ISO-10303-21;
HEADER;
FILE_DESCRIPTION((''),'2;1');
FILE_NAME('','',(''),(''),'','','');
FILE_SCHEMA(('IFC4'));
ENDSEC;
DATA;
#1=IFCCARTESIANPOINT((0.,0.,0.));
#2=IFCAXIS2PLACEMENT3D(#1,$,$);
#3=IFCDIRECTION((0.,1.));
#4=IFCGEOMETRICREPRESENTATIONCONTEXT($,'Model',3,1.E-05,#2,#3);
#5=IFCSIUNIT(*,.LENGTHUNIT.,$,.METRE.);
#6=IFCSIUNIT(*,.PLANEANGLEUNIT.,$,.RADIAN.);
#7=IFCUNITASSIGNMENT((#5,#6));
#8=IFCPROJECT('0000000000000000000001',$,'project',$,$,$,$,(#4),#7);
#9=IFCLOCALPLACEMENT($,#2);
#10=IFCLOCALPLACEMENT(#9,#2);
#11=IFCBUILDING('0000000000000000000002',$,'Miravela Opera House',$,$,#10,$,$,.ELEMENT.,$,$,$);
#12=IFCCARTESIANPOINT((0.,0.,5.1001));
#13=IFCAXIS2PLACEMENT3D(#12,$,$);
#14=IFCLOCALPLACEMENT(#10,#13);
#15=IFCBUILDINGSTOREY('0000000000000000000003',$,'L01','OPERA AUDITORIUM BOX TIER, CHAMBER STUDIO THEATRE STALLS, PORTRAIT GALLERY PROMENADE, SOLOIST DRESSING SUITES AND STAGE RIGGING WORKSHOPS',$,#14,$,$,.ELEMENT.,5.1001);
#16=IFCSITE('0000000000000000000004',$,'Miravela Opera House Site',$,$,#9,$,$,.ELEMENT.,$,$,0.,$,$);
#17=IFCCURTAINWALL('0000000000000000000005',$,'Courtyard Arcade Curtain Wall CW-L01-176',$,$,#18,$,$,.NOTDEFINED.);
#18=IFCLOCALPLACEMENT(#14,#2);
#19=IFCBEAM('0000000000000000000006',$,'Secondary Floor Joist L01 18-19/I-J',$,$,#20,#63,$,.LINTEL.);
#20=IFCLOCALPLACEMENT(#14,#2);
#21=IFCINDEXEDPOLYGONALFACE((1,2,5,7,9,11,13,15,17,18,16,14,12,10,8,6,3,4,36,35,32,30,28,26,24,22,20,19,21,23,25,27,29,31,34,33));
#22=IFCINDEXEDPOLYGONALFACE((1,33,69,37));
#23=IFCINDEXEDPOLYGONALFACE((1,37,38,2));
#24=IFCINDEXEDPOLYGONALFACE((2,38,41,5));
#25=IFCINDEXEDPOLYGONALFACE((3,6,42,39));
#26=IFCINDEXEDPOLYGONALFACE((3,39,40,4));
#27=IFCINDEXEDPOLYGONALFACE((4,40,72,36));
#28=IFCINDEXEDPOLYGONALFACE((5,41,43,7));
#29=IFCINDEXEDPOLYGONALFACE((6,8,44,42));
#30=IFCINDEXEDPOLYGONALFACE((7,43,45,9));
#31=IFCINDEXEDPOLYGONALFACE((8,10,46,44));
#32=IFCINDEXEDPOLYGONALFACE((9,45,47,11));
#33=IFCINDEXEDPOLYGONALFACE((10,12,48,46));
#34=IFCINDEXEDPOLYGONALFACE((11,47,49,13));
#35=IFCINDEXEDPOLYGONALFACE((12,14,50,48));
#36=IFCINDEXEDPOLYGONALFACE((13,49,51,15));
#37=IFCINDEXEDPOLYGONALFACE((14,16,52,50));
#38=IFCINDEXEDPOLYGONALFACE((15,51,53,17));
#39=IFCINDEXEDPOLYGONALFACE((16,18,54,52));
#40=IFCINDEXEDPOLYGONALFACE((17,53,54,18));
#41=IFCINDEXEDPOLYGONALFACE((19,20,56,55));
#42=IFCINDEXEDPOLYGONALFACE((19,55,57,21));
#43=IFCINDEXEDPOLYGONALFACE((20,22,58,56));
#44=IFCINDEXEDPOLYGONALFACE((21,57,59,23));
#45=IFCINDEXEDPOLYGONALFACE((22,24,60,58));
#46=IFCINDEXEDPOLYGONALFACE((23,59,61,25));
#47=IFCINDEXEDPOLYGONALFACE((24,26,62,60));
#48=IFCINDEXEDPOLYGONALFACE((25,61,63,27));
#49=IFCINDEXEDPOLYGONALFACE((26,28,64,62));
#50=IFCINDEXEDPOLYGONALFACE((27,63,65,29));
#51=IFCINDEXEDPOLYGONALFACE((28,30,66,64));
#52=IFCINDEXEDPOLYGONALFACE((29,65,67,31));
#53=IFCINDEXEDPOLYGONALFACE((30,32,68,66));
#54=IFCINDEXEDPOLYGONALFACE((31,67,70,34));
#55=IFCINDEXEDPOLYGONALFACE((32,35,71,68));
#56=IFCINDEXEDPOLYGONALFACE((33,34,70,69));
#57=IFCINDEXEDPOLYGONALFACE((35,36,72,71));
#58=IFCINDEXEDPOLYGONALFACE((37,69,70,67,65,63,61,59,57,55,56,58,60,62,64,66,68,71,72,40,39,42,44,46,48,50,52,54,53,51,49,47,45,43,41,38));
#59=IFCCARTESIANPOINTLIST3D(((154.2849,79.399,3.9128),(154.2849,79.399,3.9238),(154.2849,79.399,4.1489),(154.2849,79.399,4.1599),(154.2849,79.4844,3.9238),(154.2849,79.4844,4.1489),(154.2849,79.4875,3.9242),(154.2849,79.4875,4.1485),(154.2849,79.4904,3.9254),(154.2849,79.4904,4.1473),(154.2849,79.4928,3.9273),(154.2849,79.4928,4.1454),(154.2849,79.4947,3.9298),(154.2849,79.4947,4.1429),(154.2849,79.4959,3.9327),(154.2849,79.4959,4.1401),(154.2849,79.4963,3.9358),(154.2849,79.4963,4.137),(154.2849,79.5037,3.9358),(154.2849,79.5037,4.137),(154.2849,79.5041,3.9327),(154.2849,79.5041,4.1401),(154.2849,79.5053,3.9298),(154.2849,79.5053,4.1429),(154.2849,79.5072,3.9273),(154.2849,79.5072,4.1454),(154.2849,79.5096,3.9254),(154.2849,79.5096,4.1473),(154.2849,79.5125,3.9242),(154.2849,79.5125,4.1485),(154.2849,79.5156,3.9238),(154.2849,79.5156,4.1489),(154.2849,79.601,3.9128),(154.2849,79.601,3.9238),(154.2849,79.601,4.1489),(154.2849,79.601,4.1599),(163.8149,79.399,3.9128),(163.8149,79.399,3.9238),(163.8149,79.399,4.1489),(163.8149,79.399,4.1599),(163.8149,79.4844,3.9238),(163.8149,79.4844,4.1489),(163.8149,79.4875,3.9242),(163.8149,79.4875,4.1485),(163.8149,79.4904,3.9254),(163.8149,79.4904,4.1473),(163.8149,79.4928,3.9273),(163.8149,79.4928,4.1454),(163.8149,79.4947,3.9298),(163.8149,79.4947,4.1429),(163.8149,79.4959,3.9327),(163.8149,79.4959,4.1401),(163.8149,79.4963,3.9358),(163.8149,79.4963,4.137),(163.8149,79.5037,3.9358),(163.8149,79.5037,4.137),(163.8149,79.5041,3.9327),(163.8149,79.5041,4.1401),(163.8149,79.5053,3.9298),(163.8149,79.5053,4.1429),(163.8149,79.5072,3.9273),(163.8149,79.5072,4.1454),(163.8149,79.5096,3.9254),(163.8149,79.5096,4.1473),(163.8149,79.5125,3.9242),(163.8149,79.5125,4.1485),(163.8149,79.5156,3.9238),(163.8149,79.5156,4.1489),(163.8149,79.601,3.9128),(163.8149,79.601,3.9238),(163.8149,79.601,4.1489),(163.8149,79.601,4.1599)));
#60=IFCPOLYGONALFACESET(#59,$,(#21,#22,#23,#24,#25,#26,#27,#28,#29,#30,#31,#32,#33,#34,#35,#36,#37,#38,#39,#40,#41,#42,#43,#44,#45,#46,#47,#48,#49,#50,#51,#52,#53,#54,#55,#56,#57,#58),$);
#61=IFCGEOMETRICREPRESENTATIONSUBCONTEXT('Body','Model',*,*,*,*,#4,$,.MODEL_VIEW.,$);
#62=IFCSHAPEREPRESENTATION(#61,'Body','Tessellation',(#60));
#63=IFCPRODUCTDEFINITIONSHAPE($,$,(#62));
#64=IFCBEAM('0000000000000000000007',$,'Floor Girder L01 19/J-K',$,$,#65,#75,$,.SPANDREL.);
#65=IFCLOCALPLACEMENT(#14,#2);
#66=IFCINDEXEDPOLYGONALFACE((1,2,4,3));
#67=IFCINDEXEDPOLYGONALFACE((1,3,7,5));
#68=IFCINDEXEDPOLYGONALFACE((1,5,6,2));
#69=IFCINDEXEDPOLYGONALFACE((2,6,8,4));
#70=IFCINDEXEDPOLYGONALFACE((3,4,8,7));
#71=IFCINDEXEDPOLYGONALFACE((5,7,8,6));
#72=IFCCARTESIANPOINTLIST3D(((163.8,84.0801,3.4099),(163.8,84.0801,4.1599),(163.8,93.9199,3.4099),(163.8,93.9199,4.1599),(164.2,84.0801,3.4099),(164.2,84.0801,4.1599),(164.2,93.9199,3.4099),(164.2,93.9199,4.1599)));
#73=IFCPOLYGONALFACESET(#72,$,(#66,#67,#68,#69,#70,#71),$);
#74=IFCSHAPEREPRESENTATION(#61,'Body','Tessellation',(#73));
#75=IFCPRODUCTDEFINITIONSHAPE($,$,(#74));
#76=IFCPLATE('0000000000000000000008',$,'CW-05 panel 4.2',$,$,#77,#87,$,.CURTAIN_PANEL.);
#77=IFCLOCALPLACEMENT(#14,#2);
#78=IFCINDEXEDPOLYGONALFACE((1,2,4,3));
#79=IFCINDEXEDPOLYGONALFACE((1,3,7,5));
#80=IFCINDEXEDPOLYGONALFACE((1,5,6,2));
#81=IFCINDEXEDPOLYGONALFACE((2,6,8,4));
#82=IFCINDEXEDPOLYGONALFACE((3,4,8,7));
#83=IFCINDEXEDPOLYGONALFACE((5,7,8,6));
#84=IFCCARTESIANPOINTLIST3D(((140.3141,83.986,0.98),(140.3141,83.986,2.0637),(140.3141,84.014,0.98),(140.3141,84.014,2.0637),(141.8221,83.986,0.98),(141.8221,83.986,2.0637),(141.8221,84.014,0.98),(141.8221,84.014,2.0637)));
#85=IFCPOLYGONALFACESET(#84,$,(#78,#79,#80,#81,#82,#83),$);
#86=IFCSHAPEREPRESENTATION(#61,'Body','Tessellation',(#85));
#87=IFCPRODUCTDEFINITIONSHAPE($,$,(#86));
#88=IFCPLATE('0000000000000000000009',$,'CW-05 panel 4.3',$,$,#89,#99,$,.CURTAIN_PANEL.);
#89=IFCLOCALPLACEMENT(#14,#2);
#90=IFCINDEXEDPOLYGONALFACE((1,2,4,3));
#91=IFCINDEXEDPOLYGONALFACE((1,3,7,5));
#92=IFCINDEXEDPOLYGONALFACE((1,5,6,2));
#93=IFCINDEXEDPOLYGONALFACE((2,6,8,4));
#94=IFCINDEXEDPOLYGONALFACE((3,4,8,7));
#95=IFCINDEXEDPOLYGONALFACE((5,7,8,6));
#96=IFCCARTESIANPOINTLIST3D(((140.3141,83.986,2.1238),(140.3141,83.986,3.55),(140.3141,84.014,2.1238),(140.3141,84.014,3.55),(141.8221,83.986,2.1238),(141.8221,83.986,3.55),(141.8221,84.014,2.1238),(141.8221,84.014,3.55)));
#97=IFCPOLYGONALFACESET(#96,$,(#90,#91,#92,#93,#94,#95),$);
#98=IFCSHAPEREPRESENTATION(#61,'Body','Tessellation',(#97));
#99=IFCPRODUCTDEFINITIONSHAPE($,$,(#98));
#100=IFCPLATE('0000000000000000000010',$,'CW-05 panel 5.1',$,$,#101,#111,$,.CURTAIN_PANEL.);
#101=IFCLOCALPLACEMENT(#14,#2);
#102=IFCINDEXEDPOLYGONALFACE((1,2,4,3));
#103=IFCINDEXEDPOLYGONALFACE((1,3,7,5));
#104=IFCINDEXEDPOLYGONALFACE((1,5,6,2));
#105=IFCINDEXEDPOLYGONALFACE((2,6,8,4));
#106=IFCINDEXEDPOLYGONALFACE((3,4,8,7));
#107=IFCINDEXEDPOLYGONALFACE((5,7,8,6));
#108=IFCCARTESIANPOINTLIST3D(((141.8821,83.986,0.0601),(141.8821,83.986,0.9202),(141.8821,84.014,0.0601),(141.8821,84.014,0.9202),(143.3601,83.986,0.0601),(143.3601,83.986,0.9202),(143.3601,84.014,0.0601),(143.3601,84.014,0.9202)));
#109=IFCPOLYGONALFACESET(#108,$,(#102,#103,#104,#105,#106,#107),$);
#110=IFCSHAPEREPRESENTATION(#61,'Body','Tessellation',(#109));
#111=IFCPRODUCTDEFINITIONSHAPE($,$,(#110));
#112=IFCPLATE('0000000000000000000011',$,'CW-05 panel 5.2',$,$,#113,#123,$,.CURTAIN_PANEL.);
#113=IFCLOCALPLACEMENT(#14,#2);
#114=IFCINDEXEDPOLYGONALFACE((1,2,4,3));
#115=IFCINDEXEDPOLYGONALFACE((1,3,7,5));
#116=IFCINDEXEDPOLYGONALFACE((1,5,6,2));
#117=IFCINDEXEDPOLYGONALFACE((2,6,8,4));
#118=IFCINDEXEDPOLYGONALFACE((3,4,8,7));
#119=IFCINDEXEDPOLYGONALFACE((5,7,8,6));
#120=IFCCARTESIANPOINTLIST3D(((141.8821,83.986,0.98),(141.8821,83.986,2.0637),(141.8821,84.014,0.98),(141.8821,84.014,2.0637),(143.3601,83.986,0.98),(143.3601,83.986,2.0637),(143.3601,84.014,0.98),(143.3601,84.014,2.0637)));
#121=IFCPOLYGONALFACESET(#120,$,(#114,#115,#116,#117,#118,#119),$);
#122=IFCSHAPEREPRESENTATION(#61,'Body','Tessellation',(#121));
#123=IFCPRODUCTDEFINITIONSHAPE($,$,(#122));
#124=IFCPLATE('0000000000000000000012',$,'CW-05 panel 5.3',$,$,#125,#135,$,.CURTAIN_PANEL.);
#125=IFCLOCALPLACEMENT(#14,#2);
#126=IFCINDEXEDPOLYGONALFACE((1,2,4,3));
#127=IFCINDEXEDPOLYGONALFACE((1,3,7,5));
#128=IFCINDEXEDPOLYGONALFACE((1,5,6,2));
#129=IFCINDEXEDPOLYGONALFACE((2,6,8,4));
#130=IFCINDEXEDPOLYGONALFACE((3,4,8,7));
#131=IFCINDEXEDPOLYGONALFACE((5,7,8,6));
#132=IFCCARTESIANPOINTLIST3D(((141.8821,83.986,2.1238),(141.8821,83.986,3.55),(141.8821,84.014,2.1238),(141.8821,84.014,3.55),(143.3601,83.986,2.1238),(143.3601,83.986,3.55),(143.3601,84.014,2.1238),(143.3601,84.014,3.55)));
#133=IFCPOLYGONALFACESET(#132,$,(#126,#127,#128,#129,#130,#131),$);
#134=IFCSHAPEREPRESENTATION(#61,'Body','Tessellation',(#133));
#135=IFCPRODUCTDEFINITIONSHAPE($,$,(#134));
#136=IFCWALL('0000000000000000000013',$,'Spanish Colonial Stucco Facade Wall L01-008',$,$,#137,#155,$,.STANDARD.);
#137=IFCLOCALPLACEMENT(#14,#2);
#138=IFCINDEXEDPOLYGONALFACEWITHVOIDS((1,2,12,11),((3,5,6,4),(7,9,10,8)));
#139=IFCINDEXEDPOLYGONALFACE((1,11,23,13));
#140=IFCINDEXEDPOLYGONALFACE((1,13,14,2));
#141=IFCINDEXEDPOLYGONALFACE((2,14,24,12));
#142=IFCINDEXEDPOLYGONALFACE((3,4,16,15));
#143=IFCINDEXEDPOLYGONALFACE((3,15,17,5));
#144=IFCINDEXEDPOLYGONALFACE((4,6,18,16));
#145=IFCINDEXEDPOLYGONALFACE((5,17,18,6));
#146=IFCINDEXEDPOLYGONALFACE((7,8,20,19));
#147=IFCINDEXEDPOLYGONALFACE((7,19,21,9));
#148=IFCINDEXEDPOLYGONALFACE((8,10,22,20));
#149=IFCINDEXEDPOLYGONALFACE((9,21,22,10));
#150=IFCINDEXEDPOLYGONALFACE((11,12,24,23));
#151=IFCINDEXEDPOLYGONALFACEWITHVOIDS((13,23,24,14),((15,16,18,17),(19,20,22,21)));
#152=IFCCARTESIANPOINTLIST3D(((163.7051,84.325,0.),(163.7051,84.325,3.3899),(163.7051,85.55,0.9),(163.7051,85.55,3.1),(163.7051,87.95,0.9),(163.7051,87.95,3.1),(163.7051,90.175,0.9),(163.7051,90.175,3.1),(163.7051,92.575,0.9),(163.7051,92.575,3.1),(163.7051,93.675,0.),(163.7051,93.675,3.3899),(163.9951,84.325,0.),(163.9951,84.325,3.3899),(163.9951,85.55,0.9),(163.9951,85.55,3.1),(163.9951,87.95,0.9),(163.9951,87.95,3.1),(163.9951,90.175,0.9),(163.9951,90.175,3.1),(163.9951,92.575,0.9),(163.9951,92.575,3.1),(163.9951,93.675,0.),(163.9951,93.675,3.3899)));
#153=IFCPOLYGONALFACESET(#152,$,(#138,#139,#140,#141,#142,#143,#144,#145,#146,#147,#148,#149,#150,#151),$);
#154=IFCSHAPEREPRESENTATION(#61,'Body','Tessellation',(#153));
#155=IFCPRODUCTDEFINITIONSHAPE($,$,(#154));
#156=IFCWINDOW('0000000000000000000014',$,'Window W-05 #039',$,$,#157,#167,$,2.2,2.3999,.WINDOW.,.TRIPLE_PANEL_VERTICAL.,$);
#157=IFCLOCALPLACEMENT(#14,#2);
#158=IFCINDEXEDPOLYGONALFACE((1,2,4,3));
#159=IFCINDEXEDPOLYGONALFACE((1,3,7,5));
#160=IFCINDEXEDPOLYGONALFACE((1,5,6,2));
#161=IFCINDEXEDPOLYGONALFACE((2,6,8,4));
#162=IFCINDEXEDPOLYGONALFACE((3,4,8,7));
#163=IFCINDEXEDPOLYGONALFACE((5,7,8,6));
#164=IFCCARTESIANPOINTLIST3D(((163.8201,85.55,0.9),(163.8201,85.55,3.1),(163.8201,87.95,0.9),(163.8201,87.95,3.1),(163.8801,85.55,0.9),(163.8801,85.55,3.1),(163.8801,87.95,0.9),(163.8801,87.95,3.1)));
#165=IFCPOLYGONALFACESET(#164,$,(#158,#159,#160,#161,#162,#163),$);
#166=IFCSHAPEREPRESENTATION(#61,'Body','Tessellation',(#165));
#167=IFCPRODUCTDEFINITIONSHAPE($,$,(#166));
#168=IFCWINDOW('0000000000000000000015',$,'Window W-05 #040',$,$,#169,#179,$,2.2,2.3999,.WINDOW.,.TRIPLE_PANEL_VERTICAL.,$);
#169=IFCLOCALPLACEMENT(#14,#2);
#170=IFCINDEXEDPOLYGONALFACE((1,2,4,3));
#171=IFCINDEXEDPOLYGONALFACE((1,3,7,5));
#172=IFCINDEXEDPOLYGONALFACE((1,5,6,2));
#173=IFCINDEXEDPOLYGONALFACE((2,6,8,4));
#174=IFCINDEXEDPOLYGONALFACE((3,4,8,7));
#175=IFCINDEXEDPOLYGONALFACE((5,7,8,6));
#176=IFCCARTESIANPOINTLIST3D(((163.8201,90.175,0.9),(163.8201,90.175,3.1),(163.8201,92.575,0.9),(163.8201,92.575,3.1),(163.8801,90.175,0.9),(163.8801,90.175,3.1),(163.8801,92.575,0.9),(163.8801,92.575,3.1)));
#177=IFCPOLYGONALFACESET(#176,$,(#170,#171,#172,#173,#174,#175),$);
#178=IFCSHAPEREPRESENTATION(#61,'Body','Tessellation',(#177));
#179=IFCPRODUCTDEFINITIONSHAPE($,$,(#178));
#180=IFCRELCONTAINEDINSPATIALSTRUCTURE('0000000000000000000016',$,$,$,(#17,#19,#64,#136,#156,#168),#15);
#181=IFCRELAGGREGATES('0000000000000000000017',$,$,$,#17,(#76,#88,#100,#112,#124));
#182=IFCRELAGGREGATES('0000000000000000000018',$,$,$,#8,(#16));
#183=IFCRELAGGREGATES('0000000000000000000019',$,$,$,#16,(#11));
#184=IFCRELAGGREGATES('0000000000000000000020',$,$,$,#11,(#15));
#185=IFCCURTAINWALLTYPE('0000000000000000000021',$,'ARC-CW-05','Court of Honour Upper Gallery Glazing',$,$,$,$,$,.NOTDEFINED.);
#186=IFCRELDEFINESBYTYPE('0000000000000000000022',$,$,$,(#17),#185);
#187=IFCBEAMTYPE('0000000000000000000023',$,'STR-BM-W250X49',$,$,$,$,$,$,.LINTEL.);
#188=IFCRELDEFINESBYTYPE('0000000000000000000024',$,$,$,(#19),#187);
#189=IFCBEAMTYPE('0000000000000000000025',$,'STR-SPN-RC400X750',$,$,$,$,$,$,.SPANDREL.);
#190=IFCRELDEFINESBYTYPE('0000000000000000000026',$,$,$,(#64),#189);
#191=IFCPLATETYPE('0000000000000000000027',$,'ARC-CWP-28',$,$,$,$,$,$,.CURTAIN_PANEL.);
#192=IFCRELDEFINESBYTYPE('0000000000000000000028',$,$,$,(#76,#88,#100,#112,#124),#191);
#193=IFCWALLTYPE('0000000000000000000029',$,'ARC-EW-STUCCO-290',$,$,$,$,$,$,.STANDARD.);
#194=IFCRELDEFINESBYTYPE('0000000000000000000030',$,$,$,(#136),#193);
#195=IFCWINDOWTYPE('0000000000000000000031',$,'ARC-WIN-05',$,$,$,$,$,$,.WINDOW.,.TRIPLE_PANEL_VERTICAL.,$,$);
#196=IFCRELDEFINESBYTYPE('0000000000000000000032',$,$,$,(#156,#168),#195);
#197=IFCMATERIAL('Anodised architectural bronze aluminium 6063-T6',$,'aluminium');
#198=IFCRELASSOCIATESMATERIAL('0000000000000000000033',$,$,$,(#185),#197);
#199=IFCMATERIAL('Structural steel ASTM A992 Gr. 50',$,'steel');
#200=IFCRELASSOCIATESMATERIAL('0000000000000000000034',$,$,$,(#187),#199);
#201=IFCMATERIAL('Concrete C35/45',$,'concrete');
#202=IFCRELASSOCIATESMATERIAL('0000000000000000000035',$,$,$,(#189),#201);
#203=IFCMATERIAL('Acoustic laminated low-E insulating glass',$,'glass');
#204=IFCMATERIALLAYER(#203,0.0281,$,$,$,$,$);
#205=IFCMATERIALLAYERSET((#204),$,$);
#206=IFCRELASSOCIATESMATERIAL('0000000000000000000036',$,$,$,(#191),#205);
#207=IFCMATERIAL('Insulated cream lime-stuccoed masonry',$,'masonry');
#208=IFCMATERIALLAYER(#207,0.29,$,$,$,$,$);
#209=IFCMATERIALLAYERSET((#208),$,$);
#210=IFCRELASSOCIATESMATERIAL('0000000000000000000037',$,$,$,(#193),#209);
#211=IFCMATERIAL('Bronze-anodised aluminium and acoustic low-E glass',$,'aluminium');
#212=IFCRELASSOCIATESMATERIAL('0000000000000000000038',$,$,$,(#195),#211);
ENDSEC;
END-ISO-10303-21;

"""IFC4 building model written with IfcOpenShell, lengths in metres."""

from ifc_helpers import new_model, si_unit, direction, frame, frame_2d, origin, origin_2d, place, context, subcontext, project, spatial, rectangle, i_section, extrude, material, layer, layer_set, material_profile, profile_set, type_object, element, fill, aggregate, save


model = new_model("IFC4")

# Units and contexts
model_context = context("Model", 3, precision=1e-05, world=origin(), true_north=direction((0.0, 1.0)))
body_context = subcontext(model_context, "Body", "Model", "MODEL_VIEW")
ifc_project = project(units=[si_unit("LENGTHUNIT", "METRE"), si_unit("PLANEANGLEUNIT", "RADIAN")], contexts=[model_context])

# Site, building, storey
site_placement = place(None, origin())
site = spatial("IfcSite", under=ifc_project, at=site_placement, Name="Miravela Opera House Site", CompositionType="ELEMENT", RefElevation=0.0)
building_placement = place(site_placement, origin())
building = spatial("IfcBuilding", under=site, at=building_placement, Name="Miravela Opera House", CompositionType="ELEMENT")
storey_placement = place(building_placement, frame((0.0, 0.0, 5.1001)))
storey = spatial("IfcBuildingStorey", under=building, at=storey_placement, Name="L01", Description="OPERA AUDITORIUM BOX TIER, CHAMBER STUDIO THEATRE STALLS, PORTRAIT GALLERY PROMENADE, SOLOIST DRESSING SUITES AND STAGE RIGGING WORKSHOPS", CompositionType="ELEMENT", Elevation=5.1001)

# Shared definitions
ifc_material_1 = material(Name="Concrete C35/45", Category="concrete")

# Curtain wall
ifc_material_2 = material(Name="Anodised architectural bronze aluminium 6063-T6", Category="aluminium")
curtain_wall_type = type_object("IfcCurtainWallType", Name="ARC-CW-05", Description="Court of Honour Upper Gallery Glazing", PredefinedType="NOTDEFINED", material=ifc_material_2)
curtain_wall_placement = place(storey_placement, origin())
curtain_wall = element("IfcCurtainWall", 1, at=curtain_wall_placement, inside=storey, type_object=curtain_wall_type, Name="Courtyard Arcade Curtain Wall CW-L01-176", PredefinedType="NOTDEFINED")

# Beams
ifc_material_3 = material(Name="Structural steel ASTM A992 Gr. 50", Category="steel")
ifc_material_profile_1 = material_profile(ifc_material_3, i_section(OverallWidth=0.2019, OverallDepth=0.2471, WebThickness=0.0073, FlangeThickness=0.011, FilletRadius=0.012, at=origin_2d()), Name="W250X49")
ifc_profile_set_1 = profile_set([ifc_material_profile_1])
beam_type_1 = type_object("IfcBeamType", Name="STR-BM-W250X49", PredefinedType="LINTEL", material=ifc_profile_set_1)
beam_1_placement = place(storey_placement, frame((154.2849, 79.5, 4.0364), z_axis=(1.0, 0.0, 0.0), x_axis=(0.0, 1.0, 0.0)))
element("IfcBeam", 2, at=beam_1_placement, inside=storey, type_object=beam_type_1, Name="Secondary Floor Joist L01 18-19/I-J", PredefinedType="LINTEL", context=body_context, shape_type="SweptSolid", body=[
    extrude(i_section(OverallWidth=0.2019, OverallDepth=0.2471, WebThickness=0.0073, FlangeThickness=0.011, FilletRadius=0.012, at=origin_2d()), origin(), (0.0, 0.0, 1.0), 9.53),
])
ifc_material_profile_2 = material_profile(ifc_material_1, rectangle(XDim=0.3999, YDim=0.75, at=origin_2d()), Name="RC-SPN-400X750")
ifc_profile_set_2 = profile_set([ifc_material_profile_2])
beam_type_2 = type_object("IfcBeamType", Name="STR-SPN-RC400X750", PredefinedType="SPANDREL", material=ifc_profile_set_2)
beam_2_placement = place(storey_placement, frame((164.0, 84.0801, 3.7849), z_axis=(0.0, 1.0, 0.0), x_axis=(-1.0, 0.0, 0.0)))
element("IfcBeam", 3, at=beam_2_placement, inside=storey, type_object=beam_type_2, Name="Floor Girder L01 19/J-K", PredefinedType="SPANDREL", context=body_context, shape_type="SweptSolid", body=[
    extrude(rectangle(XDim=0.3999, YDim=0.75, at=origin_2d()), origin(), (0.0, 0.0, 1.0), 9.8398),
])

# Plates
ifc_material_4 = material(Name="Acoustic laminated low-E insulating glass", Category="glass")
ifc_layer_1 = layer(ifc_material_4, 0.0281)
ifc_layer_set_1 = layer_set([ifc_layer_1])
plate_type = type_object("IfcPlateType", Name="ARC-CWP-28", PredefinedType="CURTAIN_PANEL", material=ifc_layer_set_1)
plate_1_placement = place(storey_placement, frame((141.0681, 84.0, 0.98), z_axis=(0.0, 0.0, 1.0), x_axis=(1.0, 0.0, 0.0)))
plate_1 = element("IfcPlate", 4, at=plate_1_placement, type_object=plate_type, Name="CW-05 panel 4.2", PredefinedType="CURTAIN_PANEL", context=body_context, shape_type="SweptSolid", body=[
    extrude(rectangle(XDim=1.5081, YDim=0.0281, at=origin_2d()), origin(), (0.0, 0.0, 1.0), 1.0837),
])
plate_2_placement = place(storey_placement, frame((141.0681, 84.0, 2.1238), z_axis=(0.0, 0.0, 1.0), x_axis=(1.0, 0.0, 0.0)))
plate_2 = element("IfcPlate", 5, at=plate_2_placement, type_object=plate_type, Name="CW-05 panel 4.3", PredefinedType="CURTAIN_PANEL", context=body_context, shape_type="SweptSolid", body=[
    extrude(rectangle(XDim=1.5081, YDim=0.0281, at=origin_2d()), origin(), (0.0, 0.0, 1.0), 1.4263),
])
plate_3_placement = place(storey_placement, frame((142.6211, 84.0, 0.0601), z_axis=(0.0, 0.0, 1.0), x_axis=(1.0, 0.0, 0.0)))
plate_3 = element("IfcPlate", 6, at=plate_3_placement, type_object=plate_type, Name="CW-05 panel 5.1", PredefinedType="CURTAIN_PANEL", context=body_context, shape_type="SweptSolid", body=[
    extrude(rectangle(XDim=1.478, YDim=0.0281, at=origin_2d()), origin(), (0.0, 0.0, 1.0), 0.8601),
])
plate_4_placement = place(storey_placement, frame((142.6211, 84.0, 0.98), z_axis=(0.0, 0.0, 1.0), x_axis=(1.0, 0.0, 0.0)))
plate_4 = element("IfcPlate", 7, at=plate_4_placement, type_object=plate_type, Name="CW-05 panel 5.2", PredefinedType="CURTAIN_PANEL", context=body_context, shape_type="SweptSolid", body=[
    extrude(rectangle(XDim=1.478, YDim=0.0281, at=origin_2d()), origin(), (0.0, 0.0, 1.0), 1.0837),
])
plate_5_placement = place(storey_placement, frame((142.6211, 84.0, 2.1238), z_axis=(0.0, 0.0, 1.0), x_axis=(1.0, 0.0, 0.0)))
plate_5 = element("IfcPlate", 8, at=plate_5_placement, type_object=plate_type, Name="CW-05 panel 5.3", PredefinedType="CURTAIN_PANEL", context=body_context, shape_type="SweptSolid", body=[
    extrude(rectangle(XDim=1.478, YDim=0.0281, at=origin_2d()), origin(), (0.0, 0.0, 1.0), 1.4263),
])
aggregate(curtain_wall, [plate_1, plate_2, plate_3, plate_4, plate_5])

# Wall, openings, windows
ifc_material_5 = material(Name="Insulated cream lime-stuccoed masonry", Category="masonry")
ifc_layer_2 = layer(ifc_material_5, 0.29)
ifc_layer_set_2 = layer_set([ifc_layer_2])
wall_type_1 = type_object("IfcWallType", Name="ARC-EW-STUCCO-290", PredefinedType="STANDARD", material=ifc_layer_set_2)
wall_1_placement = place(storey_placement, frame((163.8501, 84.325, 0.0), z_axis=(0.0, 0.0, 1.0), x_axis=(0.0, 1.0, 0.0)))
wall_1 = element("IfcWall", 9, at=wall_1_placement, inside=storey, type_object=wall_type_1, Name="Spanish Colonial Stucco Facade Wall L01-008", PredefinedType="STANDARD", context=body_context, shape_type="SweptSolid", body=[
    extrude(rectangle(XDim=9.3501, YDim=0.29, at=frame_2d((4.675, 0.0))), origin(), (0.0, 0.0, 1.0), 3.3899),
])
opening_1_placement = place(wall_1_placement, frame((1.2251, 0.0, 0.8999)))
opening_1 = element("IfcOpeningElement", 10, at=opening_1_placement, cuts=wall_1, PredefinedType="OPENING", context=body_context, shape_type="SweptSolid", body=[
    extrude(rectangle(XDim=2.3999, YDim=2.2, at=frame_2d((1.2, 1.1001))), frame((0.0, 0.155, 0.0), z_axis=(0.0, -1.0, 0.0), x_axis=(1.0, 0.0, 0.0)), (0.0, 0.0, 1.0), 0.3101),
])
opening_2_placement = place(wall_1_placement, frame((5.8501, 0.0, 0.8999)))
opening_2 = element("IfcOpeningElement", 11, at=opening_2_placement, cuts=wall_1, PredefinedType="OPENING", context=body_context, shape_type="SweptSolid", body=[
    extrude(rectangle(XDim=2.3999, YDim=2.2, at=frame_2d((1.2, 1.1001))), frame((0.0, 0.155, 0.0), z_axis=(0.0, -1.0, 0.0), x_axis=(1.0, 0.0, 0.0)), (0.0, 0.0, 1.0), 0.3101),
])
ifc_material_6 = material(Name="Bronze-anodised aluminium and acoustic low-E glass", Category="aluminium")
window_type = type_object("IfcWindowType", Name="ARC-WIN-05", PartitioningType="TRIPLE_PANEL_VERTICAL", PredefinedType="WINDOW", material=ifc_material_6)
window_1_placement = place(opening_1_placement, origin())
window_1 = element("IfcWindow", 12, at=window_1_placement, inside=storey, type_object=window_type, Name="Window W-05 #039", OverallHeight=2.2, OverallWidth=2.3999, PartitioningType="TRIPLE_PANEL_VERTICAL", PredefinedType="WINDOW", context=body_context, shape_type="SweptSolid", body=[
    extrude(rectangle(XDim=2.3999, YDim=2.2, at=frame_2d((1.2, 1.1001))), frame((0.0, 0.03, 0.0), z_axis=(0.0, -1.0, 0.0), x_axis=(1.0, 0.0, 0.0)), (0.0, 0.0, 1.0), 0.0601),
])
fill(opening_1, window_1)
window_2_placement = place(opening_2_placement, origin())
window_2 = element("IfcWindow", 13, at=window_2_placement, inside=storey, type_object=window_type, Name="Window W-05 #040", OverallHeight=2.2, OverallWidth=2.3999, PartitioningType="TRIPLE_PANEL_VERTICAL", PredefinedType="WINDOW", context=body_context, shape_type="SweptSolid", body=[
    extrude(rectangle(XDim=2.3999, YDim=2.2, at=frame_2d((1.2, 1.1001))), frame((0.0, 0.03, 0.0), z_axis=(0.0, -1.0, 0.0), x_axis=(1.0, 0.0, 0.0)), (0.0, 0.0, 1.0), 0.0601),
])
fill(opening_2, window_2)

save(model, "model.ifc")
